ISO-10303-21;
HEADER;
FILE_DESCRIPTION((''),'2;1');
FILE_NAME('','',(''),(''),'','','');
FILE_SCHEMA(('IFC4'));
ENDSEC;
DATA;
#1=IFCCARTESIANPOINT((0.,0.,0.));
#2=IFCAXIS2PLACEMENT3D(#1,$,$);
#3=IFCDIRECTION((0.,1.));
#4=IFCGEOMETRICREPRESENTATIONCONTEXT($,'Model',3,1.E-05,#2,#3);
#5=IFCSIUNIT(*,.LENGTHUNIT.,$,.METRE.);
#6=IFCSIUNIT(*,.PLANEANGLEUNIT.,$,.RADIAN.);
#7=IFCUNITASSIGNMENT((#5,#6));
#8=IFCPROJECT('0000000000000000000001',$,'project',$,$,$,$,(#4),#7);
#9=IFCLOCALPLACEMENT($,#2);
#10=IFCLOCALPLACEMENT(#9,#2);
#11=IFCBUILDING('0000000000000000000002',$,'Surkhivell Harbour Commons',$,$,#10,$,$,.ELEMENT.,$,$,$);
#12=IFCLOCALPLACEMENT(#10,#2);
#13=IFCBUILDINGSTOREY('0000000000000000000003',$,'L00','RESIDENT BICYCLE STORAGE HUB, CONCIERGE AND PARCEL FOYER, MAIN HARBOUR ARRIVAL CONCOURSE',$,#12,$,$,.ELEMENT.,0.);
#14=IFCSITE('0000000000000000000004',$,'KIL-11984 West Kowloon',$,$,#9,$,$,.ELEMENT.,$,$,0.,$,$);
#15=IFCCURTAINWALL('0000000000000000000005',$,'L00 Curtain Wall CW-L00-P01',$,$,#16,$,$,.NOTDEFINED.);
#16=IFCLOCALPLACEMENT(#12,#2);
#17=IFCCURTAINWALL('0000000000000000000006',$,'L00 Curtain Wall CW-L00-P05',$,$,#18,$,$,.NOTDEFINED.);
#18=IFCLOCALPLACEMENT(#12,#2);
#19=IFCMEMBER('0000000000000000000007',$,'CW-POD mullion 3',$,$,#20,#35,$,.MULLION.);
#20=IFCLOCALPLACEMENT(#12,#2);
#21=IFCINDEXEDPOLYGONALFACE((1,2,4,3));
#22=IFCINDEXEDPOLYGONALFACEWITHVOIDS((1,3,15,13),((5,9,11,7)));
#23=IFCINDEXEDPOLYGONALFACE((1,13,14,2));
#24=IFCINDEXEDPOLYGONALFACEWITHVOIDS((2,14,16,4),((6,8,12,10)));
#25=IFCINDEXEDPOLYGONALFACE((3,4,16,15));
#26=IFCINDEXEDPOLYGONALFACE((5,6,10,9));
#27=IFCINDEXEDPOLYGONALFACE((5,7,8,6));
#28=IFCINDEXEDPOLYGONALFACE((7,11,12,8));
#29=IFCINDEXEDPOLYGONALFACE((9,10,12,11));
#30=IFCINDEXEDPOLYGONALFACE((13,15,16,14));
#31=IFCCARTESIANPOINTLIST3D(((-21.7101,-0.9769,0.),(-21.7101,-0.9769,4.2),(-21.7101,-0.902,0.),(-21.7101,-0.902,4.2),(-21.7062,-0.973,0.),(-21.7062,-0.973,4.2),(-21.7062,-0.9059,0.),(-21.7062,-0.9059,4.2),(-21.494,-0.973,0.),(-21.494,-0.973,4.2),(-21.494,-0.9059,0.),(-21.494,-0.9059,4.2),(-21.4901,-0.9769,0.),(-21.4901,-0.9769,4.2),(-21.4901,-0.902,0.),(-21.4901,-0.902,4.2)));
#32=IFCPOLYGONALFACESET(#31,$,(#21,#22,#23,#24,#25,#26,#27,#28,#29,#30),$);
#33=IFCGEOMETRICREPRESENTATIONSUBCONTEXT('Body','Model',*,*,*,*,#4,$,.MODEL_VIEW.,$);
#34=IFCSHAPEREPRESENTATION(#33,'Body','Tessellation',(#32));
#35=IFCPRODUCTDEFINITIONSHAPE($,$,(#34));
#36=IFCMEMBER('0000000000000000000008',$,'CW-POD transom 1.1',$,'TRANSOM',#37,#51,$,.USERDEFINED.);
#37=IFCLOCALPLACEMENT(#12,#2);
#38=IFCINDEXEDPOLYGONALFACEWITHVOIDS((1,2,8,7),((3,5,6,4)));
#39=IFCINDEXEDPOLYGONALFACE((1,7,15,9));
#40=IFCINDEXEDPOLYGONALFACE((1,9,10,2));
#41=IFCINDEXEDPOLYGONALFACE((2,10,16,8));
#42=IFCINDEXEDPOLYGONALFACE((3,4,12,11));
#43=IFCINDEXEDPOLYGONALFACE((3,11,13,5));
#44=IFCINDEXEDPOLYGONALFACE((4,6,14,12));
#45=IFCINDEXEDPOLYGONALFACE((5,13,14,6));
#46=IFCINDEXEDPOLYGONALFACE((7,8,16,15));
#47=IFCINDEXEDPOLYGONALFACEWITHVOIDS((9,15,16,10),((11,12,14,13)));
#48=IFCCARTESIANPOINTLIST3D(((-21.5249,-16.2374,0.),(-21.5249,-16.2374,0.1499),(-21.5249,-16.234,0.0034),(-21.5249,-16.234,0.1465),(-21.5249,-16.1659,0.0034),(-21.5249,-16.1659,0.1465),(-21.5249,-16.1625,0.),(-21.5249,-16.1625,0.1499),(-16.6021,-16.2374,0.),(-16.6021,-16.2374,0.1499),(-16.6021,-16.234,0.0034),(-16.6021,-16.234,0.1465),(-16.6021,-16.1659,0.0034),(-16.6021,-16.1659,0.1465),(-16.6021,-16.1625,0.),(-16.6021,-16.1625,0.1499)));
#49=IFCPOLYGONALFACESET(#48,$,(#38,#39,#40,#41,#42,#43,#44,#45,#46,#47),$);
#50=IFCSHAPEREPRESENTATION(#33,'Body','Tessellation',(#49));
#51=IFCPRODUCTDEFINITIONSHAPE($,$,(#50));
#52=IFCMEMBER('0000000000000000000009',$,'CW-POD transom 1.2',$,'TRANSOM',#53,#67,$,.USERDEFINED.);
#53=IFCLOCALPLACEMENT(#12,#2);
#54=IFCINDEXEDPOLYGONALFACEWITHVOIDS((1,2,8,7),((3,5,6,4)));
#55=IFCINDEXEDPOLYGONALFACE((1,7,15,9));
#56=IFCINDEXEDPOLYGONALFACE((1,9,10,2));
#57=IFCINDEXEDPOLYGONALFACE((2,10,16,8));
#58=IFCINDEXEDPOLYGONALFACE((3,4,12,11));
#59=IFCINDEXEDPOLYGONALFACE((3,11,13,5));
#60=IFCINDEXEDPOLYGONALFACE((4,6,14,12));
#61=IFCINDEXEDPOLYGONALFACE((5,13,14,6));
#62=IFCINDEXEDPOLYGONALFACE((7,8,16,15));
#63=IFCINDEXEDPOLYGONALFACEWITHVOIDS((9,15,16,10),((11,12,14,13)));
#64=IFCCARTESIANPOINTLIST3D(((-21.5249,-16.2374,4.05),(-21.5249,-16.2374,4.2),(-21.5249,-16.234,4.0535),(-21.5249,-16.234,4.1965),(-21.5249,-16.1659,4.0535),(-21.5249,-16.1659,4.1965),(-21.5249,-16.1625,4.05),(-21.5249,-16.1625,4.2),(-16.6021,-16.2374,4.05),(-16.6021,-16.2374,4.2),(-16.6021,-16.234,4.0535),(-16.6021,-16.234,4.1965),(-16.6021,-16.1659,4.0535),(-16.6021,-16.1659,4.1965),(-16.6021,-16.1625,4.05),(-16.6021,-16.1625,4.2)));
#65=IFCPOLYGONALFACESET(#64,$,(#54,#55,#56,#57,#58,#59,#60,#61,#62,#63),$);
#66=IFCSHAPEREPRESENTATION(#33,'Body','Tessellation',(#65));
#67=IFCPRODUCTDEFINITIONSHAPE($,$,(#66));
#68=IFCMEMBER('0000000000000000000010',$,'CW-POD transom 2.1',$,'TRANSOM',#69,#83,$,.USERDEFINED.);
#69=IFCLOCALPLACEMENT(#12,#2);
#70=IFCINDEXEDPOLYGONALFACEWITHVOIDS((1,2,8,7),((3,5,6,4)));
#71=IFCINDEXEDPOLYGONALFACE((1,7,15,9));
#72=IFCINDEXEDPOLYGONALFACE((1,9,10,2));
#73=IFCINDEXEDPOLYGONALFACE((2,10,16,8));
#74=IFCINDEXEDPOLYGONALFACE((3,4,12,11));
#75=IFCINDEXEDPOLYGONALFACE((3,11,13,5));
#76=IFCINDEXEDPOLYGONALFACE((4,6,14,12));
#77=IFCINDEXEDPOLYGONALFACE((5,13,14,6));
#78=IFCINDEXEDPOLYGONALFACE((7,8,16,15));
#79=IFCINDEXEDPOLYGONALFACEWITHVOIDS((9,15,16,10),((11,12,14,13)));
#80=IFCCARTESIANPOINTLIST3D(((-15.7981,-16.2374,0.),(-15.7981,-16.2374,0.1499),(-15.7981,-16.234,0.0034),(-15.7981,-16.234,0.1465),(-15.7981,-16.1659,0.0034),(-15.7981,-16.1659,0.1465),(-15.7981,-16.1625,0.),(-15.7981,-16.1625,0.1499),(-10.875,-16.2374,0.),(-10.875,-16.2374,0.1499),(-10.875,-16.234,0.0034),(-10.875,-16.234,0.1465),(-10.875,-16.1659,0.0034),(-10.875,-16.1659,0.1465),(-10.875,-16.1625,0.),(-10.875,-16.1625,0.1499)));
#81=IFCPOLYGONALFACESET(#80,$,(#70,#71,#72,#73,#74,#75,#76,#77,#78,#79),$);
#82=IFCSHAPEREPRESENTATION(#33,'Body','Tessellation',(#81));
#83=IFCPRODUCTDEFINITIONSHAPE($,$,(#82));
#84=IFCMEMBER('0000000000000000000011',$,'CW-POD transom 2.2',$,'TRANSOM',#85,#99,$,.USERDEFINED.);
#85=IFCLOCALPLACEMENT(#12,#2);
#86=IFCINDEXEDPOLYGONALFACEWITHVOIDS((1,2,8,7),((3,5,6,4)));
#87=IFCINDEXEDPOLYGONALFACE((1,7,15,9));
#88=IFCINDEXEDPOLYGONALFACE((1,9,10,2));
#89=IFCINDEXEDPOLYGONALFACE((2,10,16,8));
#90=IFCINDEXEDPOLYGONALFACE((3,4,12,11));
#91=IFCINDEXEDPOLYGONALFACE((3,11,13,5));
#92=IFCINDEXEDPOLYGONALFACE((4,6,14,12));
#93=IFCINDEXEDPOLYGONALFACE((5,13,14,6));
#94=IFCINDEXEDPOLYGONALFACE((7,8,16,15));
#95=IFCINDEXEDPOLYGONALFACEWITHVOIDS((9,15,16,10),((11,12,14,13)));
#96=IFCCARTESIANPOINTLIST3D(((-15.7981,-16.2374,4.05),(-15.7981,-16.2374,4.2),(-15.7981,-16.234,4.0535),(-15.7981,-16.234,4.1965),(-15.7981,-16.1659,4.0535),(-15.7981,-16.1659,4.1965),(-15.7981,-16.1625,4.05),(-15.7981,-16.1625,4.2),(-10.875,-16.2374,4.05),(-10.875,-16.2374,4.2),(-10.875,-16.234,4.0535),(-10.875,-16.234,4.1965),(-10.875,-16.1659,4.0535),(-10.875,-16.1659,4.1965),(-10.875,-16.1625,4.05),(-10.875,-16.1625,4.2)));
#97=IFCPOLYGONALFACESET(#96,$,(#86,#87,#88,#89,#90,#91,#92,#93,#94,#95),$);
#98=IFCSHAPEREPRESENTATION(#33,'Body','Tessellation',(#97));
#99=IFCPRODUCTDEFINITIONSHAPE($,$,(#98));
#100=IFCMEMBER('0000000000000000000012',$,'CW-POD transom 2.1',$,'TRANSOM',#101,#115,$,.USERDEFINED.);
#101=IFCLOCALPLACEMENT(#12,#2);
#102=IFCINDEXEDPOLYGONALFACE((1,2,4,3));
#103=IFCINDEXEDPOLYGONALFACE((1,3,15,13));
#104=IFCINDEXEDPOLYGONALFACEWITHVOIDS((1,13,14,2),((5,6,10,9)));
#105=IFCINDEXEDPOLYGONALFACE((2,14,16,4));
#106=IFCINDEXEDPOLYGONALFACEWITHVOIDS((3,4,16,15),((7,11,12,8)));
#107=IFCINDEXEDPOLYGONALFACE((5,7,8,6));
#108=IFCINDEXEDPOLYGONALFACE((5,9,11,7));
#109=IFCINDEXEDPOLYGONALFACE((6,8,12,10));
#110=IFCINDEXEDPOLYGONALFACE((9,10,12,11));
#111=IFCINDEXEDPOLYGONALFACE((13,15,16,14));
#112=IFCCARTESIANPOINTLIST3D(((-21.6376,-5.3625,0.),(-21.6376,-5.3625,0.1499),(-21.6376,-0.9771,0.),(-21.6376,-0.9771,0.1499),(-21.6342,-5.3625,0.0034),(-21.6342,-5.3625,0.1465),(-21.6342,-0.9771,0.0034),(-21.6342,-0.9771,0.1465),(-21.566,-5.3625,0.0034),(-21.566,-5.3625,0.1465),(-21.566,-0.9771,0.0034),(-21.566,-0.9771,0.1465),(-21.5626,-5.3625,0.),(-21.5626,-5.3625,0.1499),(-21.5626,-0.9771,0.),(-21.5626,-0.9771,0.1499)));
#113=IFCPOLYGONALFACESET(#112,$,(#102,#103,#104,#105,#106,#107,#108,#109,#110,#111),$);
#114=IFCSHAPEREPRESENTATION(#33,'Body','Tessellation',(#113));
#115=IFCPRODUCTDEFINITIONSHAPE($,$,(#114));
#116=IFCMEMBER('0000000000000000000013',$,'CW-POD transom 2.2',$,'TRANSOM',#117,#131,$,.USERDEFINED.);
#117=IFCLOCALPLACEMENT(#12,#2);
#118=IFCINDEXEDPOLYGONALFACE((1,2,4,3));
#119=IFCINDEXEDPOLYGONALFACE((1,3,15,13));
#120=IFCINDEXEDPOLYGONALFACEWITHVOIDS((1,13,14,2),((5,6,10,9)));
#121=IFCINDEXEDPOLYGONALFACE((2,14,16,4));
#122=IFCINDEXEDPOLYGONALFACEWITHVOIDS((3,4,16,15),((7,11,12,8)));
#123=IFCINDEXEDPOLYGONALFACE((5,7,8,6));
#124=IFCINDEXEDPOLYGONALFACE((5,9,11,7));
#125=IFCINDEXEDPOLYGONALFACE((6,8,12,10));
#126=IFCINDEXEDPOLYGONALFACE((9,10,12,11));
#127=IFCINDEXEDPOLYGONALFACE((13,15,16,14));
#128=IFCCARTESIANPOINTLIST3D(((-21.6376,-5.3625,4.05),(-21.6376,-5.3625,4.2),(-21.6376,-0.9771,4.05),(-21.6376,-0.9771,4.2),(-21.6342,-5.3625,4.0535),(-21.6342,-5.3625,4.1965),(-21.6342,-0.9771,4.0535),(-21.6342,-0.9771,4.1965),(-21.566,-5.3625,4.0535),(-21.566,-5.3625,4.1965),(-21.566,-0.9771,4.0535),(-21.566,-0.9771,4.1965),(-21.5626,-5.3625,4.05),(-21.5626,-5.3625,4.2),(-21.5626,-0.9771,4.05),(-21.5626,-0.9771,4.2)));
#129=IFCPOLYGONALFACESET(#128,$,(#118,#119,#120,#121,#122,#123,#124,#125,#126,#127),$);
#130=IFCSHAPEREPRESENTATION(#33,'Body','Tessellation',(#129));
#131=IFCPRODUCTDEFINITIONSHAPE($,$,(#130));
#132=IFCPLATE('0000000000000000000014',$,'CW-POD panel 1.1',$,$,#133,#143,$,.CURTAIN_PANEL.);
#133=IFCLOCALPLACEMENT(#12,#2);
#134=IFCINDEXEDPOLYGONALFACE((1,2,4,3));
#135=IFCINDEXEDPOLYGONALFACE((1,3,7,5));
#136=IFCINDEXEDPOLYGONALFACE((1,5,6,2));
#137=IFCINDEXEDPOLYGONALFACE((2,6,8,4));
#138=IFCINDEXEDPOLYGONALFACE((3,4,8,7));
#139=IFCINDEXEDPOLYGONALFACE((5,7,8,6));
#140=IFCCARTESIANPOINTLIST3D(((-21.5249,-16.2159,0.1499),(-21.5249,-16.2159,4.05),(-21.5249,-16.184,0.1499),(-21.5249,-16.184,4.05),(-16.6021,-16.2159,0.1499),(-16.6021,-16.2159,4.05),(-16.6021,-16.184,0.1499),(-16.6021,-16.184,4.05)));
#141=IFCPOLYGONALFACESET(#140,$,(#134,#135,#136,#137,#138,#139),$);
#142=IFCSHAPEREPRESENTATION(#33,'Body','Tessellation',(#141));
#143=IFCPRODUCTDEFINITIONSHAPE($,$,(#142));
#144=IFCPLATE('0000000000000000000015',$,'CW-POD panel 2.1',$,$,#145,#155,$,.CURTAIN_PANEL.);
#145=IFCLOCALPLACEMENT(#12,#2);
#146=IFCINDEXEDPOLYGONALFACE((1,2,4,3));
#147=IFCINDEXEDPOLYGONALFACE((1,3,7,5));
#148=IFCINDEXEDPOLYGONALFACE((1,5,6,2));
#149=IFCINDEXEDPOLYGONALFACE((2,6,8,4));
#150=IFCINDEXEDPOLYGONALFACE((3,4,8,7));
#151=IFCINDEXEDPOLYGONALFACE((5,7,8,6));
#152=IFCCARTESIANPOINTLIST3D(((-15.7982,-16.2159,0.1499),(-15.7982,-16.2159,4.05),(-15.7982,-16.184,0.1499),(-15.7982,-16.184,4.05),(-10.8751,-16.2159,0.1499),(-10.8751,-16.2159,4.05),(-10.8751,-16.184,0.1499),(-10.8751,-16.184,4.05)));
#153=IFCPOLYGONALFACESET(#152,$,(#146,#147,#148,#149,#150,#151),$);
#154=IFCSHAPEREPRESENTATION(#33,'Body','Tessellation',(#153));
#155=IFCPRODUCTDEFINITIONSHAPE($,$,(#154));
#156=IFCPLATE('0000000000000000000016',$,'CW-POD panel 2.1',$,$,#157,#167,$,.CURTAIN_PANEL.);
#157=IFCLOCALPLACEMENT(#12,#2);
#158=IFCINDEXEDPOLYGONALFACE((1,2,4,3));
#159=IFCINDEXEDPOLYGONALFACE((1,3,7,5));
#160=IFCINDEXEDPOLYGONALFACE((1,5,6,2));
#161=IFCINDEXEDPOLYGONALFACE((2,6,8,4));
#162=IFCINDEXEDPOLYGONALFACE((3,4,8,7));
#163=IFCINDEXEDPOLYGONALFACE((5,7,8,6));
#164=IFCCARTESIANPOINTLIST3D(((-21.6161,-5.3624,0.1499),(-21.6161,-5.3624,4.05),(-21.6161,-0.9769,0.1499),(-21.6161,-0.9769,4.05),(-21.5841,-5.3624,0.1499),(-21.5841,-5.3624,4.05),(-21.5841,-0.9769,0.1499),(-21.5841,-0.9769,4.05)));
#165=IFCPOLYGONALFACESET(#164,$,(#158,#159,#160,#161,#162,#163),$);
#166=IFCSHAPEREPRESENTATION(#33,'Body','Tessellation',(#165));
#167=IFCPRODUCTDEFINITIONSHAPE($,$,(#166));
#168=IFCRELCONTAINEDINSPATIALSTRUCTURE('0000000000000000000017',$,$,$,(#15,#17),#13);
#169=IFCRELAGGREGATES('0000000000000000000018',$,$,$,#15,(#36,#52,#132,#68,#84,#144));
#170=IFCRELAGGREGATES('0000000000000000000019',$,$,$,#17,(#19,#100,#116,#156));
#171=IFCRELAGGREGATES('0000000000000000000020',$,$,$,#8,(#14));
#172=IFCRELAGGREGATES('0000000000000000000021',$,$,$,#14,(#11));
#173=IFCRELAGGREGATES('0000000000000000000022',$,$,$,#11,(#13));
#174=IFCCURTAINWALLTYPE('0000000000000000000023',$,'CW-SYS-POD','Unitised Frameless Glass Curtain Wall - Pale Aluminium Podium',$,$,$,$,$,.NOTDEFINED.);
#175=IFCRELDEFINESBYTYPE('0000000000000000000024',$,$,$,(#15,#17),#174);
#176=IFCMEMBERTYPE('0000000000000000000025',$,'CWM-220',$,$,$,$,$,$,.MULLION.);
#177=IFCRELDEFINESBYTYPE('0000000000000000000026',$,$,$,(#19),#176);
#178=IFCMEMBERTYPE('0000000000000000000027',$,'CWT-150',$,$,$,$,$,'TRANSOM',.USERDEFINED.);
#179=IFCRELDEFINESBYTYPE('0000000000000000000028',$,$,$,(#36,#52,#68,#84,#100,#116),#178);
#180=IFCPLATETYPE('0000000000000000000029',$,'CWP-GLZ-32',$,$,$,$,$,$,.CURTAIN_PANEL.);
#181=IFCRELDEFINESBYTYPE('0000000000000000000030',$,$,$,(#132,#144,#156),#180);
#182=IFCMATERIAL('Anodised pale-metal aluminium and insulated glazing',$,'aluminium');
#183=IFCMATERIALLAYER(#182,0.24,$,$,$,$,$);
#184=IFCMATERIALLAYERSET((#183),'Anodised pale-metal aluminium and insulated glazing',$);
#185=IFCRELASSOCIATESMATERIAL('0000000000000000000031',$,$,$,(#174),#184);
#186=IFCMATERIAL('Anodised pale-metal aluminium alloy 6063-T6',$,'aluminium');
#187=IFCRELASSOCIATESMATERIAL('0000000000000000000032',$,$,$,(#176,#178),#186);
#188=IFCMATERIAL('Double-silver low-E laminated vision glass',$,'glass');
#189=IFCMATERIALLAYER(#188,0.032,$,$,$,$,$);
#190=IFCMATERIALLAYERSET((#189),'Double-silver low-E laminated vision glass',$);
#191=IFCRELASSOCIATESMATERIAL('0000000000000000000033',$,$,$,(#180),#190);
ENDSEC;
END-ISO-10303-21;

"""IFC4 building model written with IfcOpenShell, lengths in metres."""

from ifc_helpers import new_model, si_unit, direction, frame, frame_2d, origin, origin_2d, place, context, subcontext, project, spatial, rectangle, hollow_rectangle, extrude, material, layer, layer_set, material_profile, profile_set, type_object, element, aggregate, save


model = new_model("IFC4")

# Units and contexts
model_context = context("Model", 3, precision=1e-05, world=origin(), true_north=direction((0.0, 1.0)))
body_context = subcontext(model_context, "Body", "Model", "MODEL_VIEW")
ifc_project = project(units=[si_unit("LENGTHUNIT", "METRE"), si_unit("PLANEANGLEUNIT", "RADIAN")], contexts=[model_context])

# Site, building, storey
site_placement = place(None, origin())
site = spatial("IfcSite", under=ifc_project, at=site_placement, Name="KIL-11984 West Kowloon", CompositionType="ELEMENT", RefElevation=0.0)
building_placement = place(site_placement, origin())
building = spatial("IfcBuilding", under=site, at=building_placement, Name="Surkhivell Harbour Commons", CompositionType="ELEMENT")
storey_placement = place(building_placement, origin())
storey = spatial("IfcBuildingStorey", under=building, at=storey_placement, Name="L00", Description="RESIDENT BICYCLE STORAGE HUB, CONCIERGE AND PARCEL FOYER, MAIN HARBOUR ARRIVAL CONCOURSE", CompositionType="ELEMENT", Elevation=0.0)

# Curtain walls, member
ifc_material_1 = material(Name="Anodised pale-metal aluminium and insulated glazing", Category="aluminium")
ifc_layer_1 = layer(ifc_material_1, 0.24)
ifc_layer_set_1 = layer_set([ifc_layer_1], Name="Anodised pale-metal aluminium and insulated glazing")
curtain_wall_type = type_object("IfcCurtainWallType", Name="CW-SYS-POD", Description="Unitised Frameless Glass Curtain Wall - Pale Aluminium Podium", PredefinedType="NOTDEFINED", material=ifc_layer_set_1)
curtain_wall_1_placement = place(storey_placement, origin())
curtain_wall_1 = element("IfcCurtainWall", 1, at=curtain_wall_1_placement, inside=storey, type_object=curtain_wall_type, Name="L00 Curtain Wall CW-L00-P01", PredefinedType="NOTDEFINED")
ifc_material_2 = material(Name="Anodised pale-metal aluminium alloy 6063-T6", Category="aluminium")
ifc_material_profile_1 = material_profile(ifc_material_2, hollow_rectangle(XDim=0.075, YDim=0.22, WallThickness=0.0039, at=origin_2d()), Name="ALU-MULL-75x220")
ifc_profile_set_1 = profile_set([ifc_material_profile_1], Name="Anodised pale-metal aluminium alloy 6063-T6")
member_type_1 = type_object("IfcMemberType", Name="CWM-220", PredefinedType="MULLION", material=ifc_profile_set_1)
curtain_wall_2_placement = place(storey_placement, origin())
curtain_wall_2 = element("IfcCurtainWall", 2, at=curtain_wall_2_placement, inside=storey, type_object=curtain_wall_type, Name="L00 Curtain Wall CW-L00-P05", PredefinedType="NOTDEFINED")
member_1_placement = place(storey_placement, frame((-21.6001, -0.9395, 0.0), z_axis=(0.0, 0.0, 1.0), x_axis=(0.0, 1.0, 0.0)))
member_1 = element("IfcMember", 3, at=member_1_placement, type_object=member_type_1, Name="CW-POD mullion 3", PredefinedType="MULLION", context=body_context, shape_type="SweptSolid", body=[
    extrude(hollow_rectangle(XDim=0.075, YDim=0.22, WallThickness=0.0039, at=origin_2d()), origin(), (0.0, 0.0, 1.0), 4.2),
])

# Members
ifc_material_profile_2 = material_profile(ifc_material_2, hollow_rectangle(XDim=0.075, YDim=0.1499, WallThickness=0.0034, at=origin_2d()), Name="ALU-TRAN-75x150")
ifc_profile_set_2 = profile_set([ifc_material_profile_2], Name="Anodised pale-metal aluminium alloy 6063-T6")
member_type_2 = type_object("IfcMemberType", Name="CWT-150", ElementType="TRANSOM", PredefinedType="USERDEFINED", material=ifc_profile_set_2)
member_2_placement = place(storey_placement, frame((-21.5249, -16.2, 0.075), z_axis=(1.0, 0.0, 0.0), x_axis=(0.0, 1.0, 0.0)))
member_2 = element("IfcMember", 4, at=member_2_placement, type_object=member_type_2, Name="CW-POD transom 1.1", ObjectType="TRANSOM", PredefinedType="USERDEFINED", context=body_context, shape_type="SweptSolid", body=[
    extrude(hollow_rectangle(XDim=0.075, YDim=0.1499, WallThickness=0.0034, at=origin_2d()), origin(), (0.0, 0.0, 1.0), 4.9229),
])
member_3_placement = place(storey_placement, frame((-21.5249, -16.2, 4.125), z_axis=(1.0, 0.0, 0.0), x_axis=(0.0, 1.0, 0.0)))
member_3 = element("IfcMember", 5, at=member_3_placement, type_object=member_type_2, Name="CW-POD transom 1.2", ObjectType="TRANSOM", PredefinedType="USERDEFINED", context=body_context, shape_type="SweptSolid", body=[
    extrude(hollow_rectangle(XDim=0.075, YDim=0.1499, WallThickness=0.0034, at=origin_2d()), origin(), (0.0, 0.0, 1.0), 4.9229),
])
member_4_placement = place(storey_placement, frame((-15.7981, -16.2, 0.075), z_axis=(1.0, 0.0, 0.0), x_axis=(0.0, 1.0, 0.0)))
member_4 = element("IfcMember", 6, at=member_4_placement, type_object=member_type_2, Name="CW-POD transom 2.1", ObjectType="TRANSOM", PredefinedType="USERDEFINED", context=body_context, shape_type="SweptSolid", body=[
    extrude(hollow_rectangle(XDim=0.075, YDim=0.1499, WallThickness=0.0034, at=origin_2d()), origin(), (0.0, 0.0, 1.0), 4.9231),
])
member_5_placement = place(storey_placement, frame((-15.7981, -16.2, 4.125), z_axis=(1.0, 0.0, 0.0), x_axis=(0.0, 1.0, 0.0)))
member_5 = element("IfcMember", 7, at=member_5_placement, type_object=member_type_2, Name="CW-POD transom 2.2", ObjectType="TRANSOM", PredefinedType="USERDEFINED", context=body_context, shape_type="SweptSolid", body=[
    extrude(hollow_rectangle(XDim=0.075, YDim=0.1499, WallThickness=0.0034, at=origin_2d()), origin(), (0.0, 0.0, 1.0), 4.9231),
])
member_6_placement = place(storey_placement, frame((-21.6001, -5.3625, 0.075), z_axis=(0.0, 1.0, 0.0), x_axis=(-1.0, 0.0, 0.0)))
member_6 = element("IfcMember", 8, at=member_6_placement, type_object=member_type_2, Name="CW-POD transom 2.1", ObjectType="TRANSOM", PredefinedType="USERDEFINED", context=body_context, shape_type="SweptSolid", body=[
    extrude(hollow_rectangle(XDim=0.075, YDim=0.1499, WallThickness=0.0034, at=origin_2d()), origin(), (0.0, 0.0, 1.0), 4.3855),
])
member_7_placement = place(storey_placement, frame((-21.6001, -5.3625, 4.125), z_axis=(0.0, 1.0, 0.0), x_axis=(-1.0, 0.0, 0.0)))
member_7 = element("IfcMember", 9, at=member_7_placement, type_object=member_type_2, Name="CW-POD transom 2.2", ObjectType="TRANSOM", PredefinedType="USERDEFINED", context=body_context, shape_type="SweptSolid", body=[
    extrude(hollow_rectangle(XDim=0.075, YDim=0.1499, WallThickness=0.0034, at=origin_2d()), origin(), (0.0, 0.0, 1.0), 4.3855),
])

# Plates
ifc_material_3 = material(Name="Double-silver low-E laminated vision glass", Category="glass")
ifc_layer_2 = layer(ifc_material_3, 0.032)
ifc_layer_set_2 = layer_set([ifc_layer_2], Name="Double-silver low-E laminated vision glass")
plate_type = type_object("IfcPlateType", Name="CWP-GLZ-32", PredefinedType="CURTAIN_PANEL", material=ifc_layer_set_2)
plate_1_placement = place(storey_placement, frame((-21.5249, -16.2, 0.1499), z_axis=(0.0, 0.0, 1.0), x_axis=(1.0, 0.0, 0.0)))
plate_1 = element("IfcPlate", 10, at=plate_1_placement, type_object=plate_type, Name="CW-POD panel 1.1", PredefinedType="CURTAIN_PANEL", context=body_context, shape_type="SweptSolid", body=[
    extrude(rectangle(XDim=4.9229, YDim=0.032, at=frame_2d((2.4614, 0.0))), origin(), (0.0, 0.0, 1.0), 3.9001),
])
plate_2_placement = place(storey_placement, frame((-15.7981, -16.2, 0.1499), z_axis=(0.0, 0.0, 1.0), x_axis=(1.0, 0.0, 0.0)))
plate_2 = element("IfcPlate", 11, at=plate_2_placement, type_object=plate_type, Name="CW-POD panel 2.1", PredefinedType="CURTAIN_PANEL", context=body_context, shape_type="SweptSolid", body=[
    extrude(rectangle(XDim=4.9231, YDim=0.032, at=frame_2d((2.4614, 0.0))), origin(), (0.0, 0.0, 1.0), 3.9001),
])
aggregate(curtain_wall_1, [member_2, member_3, plate_1, member_4, member_5, plate_2])
plate_3_placement = place(storey_placement, frame((-21.6001, -5.3625, 0.1499), z_axis=(0.0, 0.0, 1.0), x_axis=(0.0, 1.0, 0.0)))
plate_3 = element("IfcPlate", 12, at=plate_3_placement, type_object=plate_type, Name="CW-POD panel 2.1", PredefinedType="CURTAIN_PANEL", context=body_context, shape_type="SweptSolid", body=[
    extrude(rectangle(XDim=4.3855, YDim=0.032, at=frame_2d((2.1929, 0.0))), origin(), (0.0, 0.0, 1.0), 3.9001),
])
aggregate(curtain_wall_2, [member_1, member_6, member_7, plate_3])

save(model, "model.ifc")
